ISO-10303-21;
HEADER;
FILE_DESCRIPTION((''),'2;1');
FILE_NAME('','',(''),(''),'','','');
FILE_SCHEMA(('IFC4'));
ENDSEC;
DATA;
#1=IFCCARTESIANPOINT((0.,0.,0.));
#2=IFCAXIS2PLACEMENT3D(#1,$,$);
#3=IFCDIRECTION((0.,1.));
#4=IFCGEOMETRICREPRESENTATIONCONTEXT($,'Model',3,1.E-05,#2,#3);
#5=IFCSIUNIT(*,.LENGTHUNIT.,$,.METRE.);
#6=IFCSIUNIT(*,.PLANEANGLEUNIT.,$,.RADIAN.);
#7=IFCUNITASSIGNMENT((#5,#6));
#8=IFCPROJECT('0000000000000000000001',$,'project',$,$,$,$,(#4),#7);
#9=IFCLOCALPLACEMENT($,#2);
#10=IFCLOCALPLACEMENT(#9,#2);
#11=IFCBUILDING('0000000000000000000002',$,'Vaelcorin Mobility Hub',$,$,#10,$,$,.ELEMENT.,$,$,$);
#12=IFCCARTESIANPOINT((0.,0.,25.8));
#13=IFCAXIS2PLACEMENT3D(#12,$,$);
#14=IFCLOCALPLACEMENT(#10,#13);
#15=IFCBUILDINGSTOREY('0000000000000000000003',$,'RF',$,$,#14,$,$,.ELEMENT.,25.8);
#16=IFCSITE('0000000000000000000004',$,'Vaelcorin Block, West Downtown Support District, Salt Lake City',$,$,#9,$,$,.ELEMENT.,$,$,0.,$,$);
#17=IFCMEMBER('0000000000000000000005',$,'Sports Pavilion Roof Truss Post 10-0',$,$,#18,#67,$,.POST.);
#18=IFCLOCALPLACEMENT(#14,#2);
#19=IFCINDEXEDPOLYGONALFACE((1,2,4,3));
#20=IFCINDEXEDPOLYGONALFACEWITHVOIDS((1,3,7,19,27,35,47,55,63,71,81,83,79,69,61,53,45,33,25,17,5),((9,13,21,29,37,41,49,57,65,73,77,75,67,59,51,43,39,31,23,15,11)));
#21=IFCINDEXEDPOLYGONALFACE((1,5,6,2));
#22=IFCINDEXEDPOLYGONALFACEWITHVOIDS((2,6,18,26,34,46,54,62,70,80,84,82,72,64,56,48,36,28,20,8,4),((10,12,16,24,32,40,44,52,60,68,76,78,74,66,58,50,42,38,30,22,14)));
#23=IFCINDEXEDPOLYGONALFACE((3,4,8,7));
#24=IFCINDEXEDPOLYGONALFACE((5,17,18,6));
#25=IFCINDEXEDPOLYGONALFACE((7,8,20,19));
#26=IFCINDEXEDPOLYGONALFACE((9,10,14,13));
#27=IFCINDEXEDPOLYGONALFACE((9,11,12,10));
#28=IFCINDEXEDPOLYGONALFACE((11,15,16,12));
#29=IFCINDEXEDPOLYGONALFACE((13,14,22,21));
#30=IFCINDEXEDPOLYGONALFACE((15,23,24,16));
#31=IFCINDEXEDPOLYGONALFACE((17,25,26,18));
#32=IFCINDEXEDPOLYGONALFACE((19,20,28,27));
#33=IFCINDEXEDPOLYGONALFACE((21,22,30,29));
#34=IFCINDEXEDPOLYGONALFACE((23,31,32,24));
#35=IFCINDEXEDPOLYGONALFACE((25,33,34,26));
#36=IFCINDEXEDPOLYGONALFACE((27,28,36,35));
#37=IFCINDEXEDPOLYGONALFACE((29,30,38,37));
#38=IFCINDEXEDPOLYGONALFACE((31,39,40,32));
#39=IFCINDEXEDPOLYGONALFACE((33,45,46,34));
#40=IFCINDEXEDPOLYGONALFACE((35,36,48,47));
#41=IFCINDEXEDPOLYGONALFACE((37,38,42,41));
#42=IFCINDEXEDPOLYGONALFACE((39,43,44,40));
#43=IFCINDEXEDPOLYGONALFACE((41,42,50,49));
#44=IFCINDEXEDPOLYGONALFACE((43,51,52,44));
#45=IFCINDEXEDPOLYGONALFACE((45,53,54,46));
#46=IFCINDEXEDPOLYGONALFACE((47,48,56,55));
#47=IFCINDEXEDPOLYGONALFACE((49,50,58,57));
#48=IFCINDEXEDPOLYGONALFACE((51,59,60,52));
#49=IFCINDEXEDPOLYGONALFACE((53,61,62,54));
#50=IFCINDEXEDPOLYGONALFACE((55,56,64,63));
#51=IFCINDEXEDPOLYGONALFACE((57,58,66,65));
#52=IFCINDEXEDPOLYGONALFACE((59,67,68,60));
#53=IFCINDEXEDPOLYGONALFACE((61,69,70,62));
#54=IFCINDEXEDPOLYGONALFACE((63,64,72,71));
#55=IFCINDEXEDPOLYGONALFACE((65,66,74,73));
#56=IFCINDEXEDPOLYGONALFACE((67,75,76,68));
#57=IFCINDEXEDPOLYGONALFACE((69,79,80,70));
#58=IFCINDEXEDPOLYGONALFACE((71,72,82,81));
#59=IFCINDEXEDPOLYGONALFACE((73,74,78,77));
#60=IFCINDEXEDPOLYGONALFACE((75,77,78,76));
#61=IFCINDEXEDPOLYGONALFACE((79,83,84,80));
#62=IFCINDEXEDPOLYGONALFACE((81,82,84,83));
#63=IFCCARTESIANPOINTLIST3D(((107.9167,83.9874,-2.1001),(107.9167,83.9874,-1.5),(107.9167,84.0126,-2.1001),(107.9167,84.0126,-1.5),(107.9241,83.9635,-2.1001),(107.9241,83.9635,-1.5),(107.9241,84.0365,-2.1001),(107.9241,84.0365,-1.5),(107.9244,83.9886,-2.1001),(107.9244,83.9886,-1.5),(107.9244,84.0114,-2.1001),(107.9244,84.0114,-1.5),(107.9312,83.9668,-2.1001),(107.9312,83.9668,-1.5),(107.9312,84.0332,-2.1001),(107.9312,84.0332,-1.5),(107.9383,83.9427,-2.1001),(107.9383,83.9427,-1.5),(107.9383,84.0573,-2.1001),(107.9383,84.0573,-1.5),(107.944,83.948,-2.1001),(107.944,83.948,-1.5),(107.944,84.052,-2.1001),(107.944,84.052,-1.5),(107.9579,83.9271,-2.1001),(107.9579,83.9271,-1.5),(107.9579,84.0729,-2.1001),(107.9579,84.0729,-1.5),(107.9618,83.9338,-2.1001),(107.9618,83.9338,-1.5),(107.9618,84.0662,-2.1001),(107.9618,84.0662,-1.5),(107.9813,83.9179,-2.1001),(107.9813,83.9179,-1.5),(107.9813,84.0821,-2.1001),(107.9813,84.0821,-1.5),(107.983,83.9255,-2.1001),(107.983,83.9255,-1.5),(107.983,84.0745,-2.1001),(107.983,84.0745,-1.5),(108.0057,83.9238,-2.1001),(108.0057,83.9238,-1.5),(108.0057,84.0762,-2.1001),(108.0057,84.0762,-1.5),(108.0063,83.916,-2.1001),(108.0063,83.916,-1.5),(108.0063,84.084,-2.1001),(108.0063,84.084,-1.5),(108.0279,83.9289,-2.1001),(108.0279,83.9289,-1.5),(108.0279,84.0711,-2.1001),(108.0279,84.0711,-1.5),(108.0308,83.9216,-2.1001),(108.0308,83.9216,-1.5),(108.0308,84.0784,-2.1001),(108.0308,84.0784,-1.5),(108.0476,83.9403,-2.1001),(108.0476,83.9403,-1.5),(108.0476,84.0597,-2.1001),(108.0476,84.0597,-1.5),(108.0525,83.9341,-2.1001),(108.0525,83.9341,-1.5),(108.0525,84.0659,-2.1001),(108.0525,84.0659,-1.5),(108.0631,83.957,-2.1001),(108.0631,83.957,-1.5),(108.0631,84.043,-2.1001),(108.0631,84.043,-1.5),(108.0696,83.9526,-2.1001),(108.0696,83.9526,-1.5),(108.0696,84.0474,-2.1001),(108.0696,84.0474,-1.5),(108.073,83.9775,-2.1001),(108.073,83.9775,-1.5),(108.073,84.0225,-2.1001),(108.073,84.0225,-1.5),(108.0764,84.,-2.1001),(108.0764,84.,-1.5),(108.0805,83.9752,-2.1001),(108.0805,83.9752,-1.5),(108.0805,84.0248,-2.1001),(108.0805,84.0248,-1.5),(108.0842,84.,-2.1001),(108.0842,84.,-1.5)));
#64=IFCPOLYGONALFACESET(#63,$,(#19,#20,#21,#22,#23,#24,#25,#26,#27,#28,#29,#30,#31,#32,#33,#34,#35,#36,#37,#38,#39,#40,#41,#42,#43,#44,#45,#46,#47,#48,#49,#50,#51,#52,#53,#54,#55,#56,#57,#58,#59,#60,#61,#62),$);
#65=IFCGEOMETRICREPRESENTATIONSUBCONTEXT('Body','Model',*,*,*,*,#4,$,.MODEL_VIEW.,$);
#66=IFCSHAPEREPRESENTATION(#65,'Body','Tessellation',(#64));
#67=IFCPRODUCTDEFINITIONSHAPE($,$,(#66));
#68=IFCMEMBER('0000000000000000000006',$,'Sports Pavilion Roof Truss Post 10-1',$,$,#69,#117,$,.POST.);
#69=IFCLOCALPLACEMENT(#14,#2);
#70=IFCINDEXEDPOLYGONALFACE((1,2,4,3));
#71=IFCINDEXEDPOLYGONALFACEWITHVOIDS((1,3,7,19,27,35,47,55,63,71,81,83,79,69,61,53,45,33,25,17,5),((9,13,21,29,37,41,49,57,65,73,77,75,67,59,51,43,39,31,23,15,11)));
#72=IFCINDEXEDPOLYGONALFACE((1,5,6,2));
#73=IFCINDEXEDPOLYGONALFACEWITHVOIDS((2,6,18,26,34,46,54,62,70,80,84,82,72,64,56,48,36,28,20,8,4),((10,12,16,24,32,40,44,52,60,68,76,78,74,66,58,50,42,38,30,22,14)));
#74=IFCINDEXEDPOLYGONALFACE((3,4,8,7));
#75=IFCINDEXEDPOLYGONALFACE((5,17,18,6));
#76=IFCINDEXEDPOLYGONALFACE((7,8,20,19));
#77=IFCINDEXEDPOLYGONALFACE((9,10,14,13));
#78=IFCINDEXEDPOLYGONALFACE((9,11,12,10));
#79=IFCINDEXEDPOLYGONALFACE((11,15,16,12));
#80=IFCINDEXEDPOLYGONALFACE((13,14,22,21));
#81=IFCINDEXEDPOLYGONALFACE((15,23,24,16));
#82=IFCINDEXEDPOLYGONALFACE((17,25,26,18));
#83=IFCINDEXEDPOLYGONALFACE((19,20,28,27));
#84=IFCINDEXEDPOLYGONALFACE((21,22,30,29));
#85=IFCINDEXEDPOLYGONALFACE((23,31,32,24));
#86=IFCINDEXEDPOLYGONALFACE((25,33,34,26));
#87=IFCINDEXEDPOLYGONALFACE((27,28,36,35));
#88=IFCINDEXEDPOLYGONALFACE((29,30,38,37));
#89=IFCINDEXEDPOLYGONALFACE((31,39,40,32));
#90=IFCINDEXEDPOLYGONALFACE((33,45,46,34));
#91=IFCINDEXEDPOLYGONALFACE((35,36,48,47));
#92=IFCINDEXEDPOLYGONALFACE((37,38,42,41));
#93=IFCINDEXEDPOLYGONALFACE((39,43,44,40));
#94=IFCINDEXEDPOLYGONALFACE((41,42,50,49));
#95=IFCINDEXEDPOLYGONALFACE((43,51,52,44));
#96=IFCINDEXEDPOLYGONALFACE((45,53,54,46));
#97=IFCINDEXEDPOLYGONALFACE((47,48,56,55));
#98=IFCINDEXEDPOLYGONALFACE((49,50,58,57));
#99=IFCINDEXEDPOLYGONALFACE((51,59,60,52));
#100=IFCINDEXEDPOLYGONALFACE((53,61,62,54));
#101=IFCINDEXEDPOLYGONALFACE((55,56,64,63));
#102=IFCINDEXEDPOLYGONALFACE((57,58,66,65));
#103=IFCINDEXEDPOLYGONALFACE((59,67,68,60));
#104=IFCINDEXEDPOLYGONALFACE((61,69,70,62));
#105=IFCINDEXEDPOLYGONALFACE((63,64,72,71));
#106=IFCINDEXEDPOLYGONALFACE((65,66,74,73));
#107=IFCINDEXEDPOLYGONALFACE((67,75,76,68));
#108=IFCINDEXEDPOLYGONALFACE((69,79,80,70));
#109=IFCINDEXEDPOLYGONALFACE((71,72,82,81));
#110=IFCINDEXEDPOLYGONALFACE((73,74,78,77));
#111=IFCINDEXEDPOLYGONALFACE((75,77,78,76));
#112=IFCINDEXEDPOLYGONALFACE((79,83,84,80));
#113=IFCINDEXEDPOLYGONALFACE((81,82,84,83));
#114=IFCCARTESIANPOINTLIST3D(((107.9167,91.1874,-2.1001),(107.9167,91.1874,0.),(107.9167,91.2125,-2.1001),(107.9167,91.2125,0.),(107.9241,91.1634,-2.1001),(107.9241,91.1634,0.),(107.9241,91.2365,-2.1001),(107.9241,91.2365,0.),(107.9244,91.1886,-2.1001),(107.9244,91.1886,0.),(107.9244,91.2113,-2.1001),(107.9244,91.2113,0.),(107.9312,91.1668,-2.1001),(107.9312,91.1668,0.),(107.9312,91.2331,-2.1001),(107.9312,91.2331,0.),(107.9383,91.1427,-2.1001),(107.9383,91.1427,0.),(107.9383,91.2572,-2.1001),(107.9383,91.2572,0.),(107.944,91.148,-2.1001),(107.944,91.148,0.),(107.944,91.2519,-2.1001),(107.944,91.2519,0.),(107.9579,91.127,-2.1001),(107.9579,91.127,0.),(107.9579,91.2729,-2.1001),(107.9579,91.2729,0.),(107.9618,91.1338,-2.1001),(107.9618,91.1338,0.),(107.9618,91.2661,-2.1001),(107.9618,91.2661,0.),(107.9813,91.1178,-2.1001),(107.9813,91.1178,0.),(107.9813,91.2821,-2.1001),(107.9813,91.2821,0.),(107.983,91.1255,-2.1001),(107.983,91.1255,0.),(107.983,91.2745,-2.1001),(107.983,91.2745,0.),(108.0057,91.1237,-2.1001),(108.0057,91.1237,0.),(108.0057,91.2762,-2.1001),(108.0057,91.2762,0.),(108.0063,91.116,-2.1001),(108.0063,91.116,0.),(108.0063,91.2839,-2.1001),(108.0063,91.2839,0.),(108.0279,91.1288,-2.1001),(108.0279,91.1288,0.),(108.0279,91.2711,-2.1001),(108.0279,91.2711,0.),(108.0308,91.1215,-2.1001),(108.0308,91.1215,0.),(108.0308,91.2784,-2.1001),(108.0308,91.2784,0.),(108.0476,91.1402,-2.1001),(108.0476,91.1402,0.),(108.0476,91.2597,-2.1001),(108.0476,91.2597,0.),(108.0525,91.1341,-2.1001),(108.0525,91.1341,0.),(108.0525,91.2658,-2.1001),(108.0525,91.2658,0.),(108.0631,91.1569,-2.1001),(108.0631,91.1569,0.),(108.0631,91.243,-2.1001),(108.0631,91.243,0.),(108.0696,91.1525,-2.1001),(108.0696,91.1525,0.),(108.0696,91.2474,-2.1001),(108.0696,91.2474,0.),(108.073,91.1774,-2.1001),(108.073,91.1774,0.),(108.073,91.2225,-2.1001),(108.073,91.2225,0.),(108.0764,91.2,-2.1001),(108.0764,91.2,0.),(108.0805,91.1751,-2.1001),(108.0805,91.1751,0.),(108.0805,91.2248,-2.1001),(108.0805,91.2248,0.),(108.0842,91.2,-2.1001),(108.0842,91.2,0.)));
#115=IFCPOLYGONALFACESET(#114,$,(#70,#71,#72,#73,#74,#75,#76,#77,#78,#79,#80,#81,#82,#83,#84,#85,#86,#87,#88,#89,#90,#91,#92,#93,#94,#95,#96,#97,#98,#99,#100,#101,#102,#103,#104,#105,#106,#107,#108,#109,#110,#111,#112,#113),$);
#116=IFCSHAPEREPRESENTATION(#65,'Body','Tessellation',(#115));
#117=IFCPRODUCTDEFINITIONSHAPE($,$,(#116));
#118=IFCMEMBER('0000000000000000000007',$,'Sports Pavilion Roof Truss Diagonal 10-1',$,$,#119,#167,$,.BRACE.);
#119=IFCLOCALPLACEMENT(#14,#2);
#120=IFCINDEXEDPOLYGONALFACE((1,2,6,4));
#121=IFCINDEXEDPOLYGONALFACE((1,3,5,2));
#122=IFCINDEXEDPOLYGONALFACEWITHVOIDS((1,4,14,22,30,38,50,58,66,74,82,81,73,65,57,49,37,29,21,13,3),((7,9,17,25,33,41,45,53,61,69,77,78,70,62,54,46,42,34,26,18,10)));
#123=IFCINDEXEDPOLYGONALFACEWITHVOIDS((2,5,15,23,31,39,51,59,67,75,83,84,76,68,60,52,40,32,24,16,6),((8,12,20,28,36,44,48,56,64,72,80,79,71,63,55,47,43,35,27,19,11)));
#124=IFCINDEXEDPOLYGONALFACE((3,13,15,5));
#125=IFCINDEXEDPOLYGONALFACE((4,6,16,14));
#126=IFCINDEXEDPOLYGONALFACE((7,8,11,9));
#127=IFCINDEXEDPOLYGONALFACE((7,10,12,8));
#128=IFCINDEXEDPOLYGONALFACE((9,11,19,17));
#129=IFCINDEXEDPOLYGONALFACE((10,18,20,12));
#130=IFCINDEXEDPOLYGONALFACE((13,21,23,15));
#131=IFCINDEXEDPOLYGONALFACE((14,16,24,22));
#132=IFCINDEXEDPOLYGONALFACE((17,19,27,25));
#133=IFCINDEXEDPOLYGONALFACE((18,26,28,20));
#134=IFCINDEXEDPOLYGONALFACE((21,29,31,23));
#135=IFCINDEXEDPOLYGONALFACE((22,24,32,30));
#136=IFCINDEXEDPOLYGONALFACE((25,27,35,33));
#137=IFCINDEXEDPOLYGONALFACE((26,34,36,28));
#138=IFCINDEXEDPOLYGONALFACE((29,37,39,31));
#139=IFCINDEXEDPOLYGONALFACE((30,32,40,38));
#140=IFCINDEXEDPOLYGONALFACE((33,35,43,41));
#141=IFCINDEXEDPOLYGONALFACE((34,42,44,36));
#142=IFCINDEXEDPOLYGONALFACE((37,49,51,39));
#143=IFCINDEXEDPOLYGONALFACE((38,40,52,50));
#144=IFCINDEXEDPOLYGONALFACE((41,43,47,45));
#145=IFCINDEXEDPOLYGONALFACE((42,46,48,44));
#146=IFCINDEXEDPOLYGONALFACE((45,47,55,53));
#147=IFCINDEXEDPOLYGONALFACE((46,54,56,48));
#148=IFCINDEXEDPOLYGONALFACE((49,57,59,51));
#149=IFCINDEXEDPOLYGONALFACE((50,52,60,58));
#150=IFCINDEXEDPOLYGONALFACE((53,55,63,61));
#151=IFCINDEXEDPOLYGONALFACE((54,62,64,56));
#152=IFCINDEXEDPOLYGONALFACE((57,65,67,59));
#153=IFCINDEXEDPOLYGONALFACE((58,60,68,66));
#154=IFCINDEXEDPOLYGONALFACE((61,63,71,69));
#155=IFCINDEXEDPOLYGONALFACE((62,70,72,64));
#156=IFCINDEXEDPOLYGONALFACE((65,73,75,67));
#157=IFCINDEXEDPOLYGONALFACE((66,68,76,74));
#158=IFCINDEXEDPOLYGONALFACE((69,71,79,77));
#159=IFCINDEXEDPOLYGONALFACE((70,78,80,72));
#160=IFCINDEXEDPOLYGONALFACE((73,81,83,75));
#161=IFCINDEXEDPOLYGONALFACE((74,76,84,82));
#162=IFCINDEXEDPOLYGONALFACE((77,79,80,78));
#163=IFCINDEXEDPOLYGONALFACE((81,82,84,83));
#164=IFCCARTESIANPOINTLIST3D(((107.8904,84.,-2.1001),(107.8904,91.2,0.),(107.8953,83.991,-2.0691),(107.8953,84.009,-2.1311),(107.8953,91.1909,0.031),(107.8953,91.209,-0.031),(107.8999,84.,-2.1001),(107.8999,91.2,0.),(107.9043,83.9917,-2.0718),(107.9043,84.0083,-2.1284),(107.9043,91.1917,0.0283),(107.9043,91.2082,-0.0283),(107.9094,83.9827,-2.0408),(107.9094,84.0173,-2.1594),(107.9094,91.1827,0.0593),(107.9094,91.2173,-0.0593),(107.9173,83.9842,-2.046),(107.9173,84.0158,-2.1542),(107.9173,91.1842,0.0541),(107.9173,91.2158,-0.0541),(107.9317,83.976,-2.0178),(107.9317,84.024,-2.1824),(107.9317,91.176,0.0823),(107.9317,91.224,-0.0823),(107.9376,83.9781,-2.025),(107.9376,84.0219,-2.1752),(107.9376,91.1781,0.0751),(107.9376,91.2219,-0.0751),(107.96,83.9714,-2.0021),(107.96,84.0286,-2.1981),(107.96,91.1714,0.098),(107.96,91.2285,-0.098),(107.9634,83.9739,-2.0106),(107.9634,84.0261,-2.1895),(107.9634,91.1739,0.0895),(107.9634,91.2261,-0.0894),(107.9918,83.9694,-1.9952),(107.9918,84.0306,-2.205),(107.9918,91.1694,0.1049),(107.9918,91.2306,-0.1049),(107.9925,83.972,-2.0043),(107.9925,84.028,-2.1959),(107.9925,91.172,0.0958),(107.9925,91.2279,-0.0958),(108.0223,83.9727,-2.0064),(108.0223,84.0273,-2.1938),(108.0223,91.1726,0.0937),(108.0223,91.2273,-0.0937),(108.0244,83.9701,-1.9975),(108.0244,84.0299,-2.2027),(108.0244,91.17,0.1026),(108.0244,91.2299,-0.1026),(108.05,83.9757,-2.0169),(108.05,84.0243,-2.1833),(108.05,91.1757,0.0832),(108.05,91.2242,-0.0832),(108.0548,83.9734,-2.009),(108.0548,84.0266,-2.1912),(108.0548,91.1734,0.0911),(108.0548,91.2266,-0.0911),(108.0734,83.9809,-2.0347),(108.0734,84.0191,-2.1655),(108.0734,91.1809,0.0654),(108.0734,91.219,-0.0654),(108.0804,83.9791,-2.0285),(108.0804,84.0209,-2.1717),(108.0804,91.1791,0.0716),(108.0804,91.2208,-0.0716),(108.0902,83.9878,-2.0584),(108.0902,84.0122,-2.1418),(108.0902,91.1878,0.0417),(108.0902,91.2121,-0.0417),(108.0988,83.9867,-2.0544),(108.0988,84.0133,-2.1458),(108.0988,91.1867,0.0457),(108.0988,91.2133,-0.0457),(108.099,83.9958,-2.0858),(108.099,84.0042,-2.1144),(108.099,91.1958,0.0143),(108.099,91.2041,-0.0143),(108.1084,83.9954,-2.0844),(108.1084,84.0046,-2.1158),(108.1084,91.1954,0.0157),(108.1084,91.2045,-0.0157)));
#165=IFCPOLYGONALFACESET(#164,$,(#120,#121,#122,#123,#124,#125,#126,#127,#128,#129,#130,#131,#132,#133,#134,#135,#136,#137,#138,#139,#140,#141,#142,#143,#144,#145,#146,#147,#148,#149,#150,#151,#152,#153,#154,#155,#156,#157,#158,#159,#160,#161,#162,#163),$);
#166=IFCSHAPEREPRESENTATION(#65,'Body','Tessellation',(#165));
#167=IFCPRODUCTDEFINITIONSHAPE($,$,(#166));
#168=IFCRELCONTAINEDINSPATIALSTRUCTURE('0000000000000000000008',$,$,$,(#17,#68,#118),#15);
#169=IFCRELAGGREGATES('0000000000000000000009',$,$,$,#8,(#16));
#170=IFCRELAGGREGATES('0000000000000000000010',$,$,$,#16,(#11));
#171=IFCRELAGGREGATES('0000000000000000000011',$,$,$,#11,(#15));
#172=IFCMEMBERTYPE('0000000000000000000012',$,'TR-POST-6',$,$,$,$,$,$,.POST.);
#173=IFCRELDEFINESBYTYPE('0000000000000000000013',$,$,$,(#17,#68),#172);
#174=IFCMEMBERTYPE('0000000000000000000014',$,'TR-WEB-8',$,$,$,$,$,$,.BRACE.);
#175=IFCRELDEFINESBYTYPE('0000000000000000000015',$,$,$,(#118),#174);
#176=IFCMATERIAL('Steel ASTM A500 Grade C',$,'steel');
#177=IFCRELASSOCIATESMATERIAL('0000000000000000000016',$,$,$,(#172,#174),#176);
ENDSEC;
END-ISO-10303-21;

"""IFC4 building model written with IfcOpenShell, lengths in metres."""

from ifc_helpers import new_model, si_unit, direction, frame, origin, origin_2d, place, context, subcontext, project, spatial, hollow_circle, extrude, material, material_profile, profile_set, type_object, element, save


model = new_model("IFC4")

# Units and contexts
model_context = context("Model", 3, precision=1e-05, world=origin(), true_north=direction((0.0, 1.0)))
body_context = subcontext(model_context, "Body", "Model", "MODEL_VIEW")
ifc_project = project(units=[si_unit("LENGTHUNIT", "METRE"), si_unit("PLANEANGLEUNIT", "RADIAN")], contexts=[model_context])

# Site, building, storey
site_placement = place(None, origin())
site = spatial("IfcSite", under=ifc_project, at=site_placement, Name="Vaelcorin Block, West Downtown Support District, Salt Lake City", CompositionType="ELEMENT", RefElevation=0.0)
building_placement = place(site_placement, origin())
building = spatial("IfcBuilding", under=site, at=building_placement, Name="Vaelcorin Mobility Hub", CompositionType="ELEMENT")
storey_placement = place(building_placement, frame((0.0, 0.0, 25.8)))
storey = spatial("IfcBuildingStorey", under=building, at=storey_placement, Name="RF", CompositionType="ELEMENT", Elevation=25.8)

# Shared definitions
ifc_material_1 = material(Name="Steel ASTM A500 Grade C", Category="steel")

# Members
ifc_material_profile_1 = material_profile(ifc_material_1, hollow_circle(Radius=0.0842, WallThickness=0.0078, at=origin_2d()), Name="HSS6.625X0.312")
ifc_profile_set_1 = profile_set([ifc_material_profile_1], Name="Steel ASTM A500 Grade C")
member_type_1 = type_object("IfcMemberType", Name="TR-POST-6", PredefinedType="POST", material=ifc_profile_set_1)
member_1_placement = place(storey_placement, frame((108.0, 84.0, -2.1001), z_axis=(0.0, 0.0, 1.0), x_axis=(1.0, 0.0, 0.0)))
element("IfcMember", 1, at=member_1_placement, inside=storey, type_object=member_type_1, Name="Sports Pavilion Roof Truss Post 10-0", PredefinedType="POST", context=body_context, shape_type="SweptSolid", body=[
    extrude(hollow_circle(Radius=0.0842, WallThickness=0.0078, at=origin_2d()), origin(), (0.0, 0.0, 1.0), 0.6001),
])
member_2_placement = place(storey_placement, frame((108.0, 91.2, -2.1001), z_axis=(0.0, 0.0, 1.0), x_axis=(1.0, 0.0, 0.0)))
element("IfcMember", 2, at=member_2_placement, inside=storey, type_object=member_type_1, Name="Sports Pavilion Roof Truss Post 10-1", PredefinedType="POST", context=body_context, shape_type="SweptSolid", body=[
    extrude(hollow_circle(Radius=0.0842, WallThickness=0.0078, at=origin_2d()), origin(), (0.0, 0.0, 1.0), 2.1001),
])
ifc_material_profile_2 = material_profile(ifc_material_1, hollow_circle(Radius=0.1096, WallThickness=0.0095, at=origin_2d()), Name="HSS8.625X0.375")
ifc_profile_set_2 = profile_set([ifc_material_profile_2], Name="Steel ASTM A500 Grade C")
member_type_2 = type_object("IfcMemberType", Name="TR-WEB-8", PredefinedType="BRACE", material=ifc_profile_set_2)
member_3_placement = place(storey_placement, frame((108.0, 84.0, -2.1001), z_axis=(0.0, 0.959996, 0.280014), x_axis=(-1.0, 0.0, 0.0)))
element("IfcMember", 3, at=member_3_placement, inside=storey, type_object=member_type_2, Name="Sports Pavilion Roof Truss Diagonal 10-1", PredefinedType="BRACE", context=body_context, shape_type="SweptSolid", body=[
    extrude(hollow_circle(Radius=0.1096, WallThickness=0.0095, at=origin_2d()), origin(), (0.0, 0.0, 1.0), 7.5),
])

save(model, "model.ifc")
